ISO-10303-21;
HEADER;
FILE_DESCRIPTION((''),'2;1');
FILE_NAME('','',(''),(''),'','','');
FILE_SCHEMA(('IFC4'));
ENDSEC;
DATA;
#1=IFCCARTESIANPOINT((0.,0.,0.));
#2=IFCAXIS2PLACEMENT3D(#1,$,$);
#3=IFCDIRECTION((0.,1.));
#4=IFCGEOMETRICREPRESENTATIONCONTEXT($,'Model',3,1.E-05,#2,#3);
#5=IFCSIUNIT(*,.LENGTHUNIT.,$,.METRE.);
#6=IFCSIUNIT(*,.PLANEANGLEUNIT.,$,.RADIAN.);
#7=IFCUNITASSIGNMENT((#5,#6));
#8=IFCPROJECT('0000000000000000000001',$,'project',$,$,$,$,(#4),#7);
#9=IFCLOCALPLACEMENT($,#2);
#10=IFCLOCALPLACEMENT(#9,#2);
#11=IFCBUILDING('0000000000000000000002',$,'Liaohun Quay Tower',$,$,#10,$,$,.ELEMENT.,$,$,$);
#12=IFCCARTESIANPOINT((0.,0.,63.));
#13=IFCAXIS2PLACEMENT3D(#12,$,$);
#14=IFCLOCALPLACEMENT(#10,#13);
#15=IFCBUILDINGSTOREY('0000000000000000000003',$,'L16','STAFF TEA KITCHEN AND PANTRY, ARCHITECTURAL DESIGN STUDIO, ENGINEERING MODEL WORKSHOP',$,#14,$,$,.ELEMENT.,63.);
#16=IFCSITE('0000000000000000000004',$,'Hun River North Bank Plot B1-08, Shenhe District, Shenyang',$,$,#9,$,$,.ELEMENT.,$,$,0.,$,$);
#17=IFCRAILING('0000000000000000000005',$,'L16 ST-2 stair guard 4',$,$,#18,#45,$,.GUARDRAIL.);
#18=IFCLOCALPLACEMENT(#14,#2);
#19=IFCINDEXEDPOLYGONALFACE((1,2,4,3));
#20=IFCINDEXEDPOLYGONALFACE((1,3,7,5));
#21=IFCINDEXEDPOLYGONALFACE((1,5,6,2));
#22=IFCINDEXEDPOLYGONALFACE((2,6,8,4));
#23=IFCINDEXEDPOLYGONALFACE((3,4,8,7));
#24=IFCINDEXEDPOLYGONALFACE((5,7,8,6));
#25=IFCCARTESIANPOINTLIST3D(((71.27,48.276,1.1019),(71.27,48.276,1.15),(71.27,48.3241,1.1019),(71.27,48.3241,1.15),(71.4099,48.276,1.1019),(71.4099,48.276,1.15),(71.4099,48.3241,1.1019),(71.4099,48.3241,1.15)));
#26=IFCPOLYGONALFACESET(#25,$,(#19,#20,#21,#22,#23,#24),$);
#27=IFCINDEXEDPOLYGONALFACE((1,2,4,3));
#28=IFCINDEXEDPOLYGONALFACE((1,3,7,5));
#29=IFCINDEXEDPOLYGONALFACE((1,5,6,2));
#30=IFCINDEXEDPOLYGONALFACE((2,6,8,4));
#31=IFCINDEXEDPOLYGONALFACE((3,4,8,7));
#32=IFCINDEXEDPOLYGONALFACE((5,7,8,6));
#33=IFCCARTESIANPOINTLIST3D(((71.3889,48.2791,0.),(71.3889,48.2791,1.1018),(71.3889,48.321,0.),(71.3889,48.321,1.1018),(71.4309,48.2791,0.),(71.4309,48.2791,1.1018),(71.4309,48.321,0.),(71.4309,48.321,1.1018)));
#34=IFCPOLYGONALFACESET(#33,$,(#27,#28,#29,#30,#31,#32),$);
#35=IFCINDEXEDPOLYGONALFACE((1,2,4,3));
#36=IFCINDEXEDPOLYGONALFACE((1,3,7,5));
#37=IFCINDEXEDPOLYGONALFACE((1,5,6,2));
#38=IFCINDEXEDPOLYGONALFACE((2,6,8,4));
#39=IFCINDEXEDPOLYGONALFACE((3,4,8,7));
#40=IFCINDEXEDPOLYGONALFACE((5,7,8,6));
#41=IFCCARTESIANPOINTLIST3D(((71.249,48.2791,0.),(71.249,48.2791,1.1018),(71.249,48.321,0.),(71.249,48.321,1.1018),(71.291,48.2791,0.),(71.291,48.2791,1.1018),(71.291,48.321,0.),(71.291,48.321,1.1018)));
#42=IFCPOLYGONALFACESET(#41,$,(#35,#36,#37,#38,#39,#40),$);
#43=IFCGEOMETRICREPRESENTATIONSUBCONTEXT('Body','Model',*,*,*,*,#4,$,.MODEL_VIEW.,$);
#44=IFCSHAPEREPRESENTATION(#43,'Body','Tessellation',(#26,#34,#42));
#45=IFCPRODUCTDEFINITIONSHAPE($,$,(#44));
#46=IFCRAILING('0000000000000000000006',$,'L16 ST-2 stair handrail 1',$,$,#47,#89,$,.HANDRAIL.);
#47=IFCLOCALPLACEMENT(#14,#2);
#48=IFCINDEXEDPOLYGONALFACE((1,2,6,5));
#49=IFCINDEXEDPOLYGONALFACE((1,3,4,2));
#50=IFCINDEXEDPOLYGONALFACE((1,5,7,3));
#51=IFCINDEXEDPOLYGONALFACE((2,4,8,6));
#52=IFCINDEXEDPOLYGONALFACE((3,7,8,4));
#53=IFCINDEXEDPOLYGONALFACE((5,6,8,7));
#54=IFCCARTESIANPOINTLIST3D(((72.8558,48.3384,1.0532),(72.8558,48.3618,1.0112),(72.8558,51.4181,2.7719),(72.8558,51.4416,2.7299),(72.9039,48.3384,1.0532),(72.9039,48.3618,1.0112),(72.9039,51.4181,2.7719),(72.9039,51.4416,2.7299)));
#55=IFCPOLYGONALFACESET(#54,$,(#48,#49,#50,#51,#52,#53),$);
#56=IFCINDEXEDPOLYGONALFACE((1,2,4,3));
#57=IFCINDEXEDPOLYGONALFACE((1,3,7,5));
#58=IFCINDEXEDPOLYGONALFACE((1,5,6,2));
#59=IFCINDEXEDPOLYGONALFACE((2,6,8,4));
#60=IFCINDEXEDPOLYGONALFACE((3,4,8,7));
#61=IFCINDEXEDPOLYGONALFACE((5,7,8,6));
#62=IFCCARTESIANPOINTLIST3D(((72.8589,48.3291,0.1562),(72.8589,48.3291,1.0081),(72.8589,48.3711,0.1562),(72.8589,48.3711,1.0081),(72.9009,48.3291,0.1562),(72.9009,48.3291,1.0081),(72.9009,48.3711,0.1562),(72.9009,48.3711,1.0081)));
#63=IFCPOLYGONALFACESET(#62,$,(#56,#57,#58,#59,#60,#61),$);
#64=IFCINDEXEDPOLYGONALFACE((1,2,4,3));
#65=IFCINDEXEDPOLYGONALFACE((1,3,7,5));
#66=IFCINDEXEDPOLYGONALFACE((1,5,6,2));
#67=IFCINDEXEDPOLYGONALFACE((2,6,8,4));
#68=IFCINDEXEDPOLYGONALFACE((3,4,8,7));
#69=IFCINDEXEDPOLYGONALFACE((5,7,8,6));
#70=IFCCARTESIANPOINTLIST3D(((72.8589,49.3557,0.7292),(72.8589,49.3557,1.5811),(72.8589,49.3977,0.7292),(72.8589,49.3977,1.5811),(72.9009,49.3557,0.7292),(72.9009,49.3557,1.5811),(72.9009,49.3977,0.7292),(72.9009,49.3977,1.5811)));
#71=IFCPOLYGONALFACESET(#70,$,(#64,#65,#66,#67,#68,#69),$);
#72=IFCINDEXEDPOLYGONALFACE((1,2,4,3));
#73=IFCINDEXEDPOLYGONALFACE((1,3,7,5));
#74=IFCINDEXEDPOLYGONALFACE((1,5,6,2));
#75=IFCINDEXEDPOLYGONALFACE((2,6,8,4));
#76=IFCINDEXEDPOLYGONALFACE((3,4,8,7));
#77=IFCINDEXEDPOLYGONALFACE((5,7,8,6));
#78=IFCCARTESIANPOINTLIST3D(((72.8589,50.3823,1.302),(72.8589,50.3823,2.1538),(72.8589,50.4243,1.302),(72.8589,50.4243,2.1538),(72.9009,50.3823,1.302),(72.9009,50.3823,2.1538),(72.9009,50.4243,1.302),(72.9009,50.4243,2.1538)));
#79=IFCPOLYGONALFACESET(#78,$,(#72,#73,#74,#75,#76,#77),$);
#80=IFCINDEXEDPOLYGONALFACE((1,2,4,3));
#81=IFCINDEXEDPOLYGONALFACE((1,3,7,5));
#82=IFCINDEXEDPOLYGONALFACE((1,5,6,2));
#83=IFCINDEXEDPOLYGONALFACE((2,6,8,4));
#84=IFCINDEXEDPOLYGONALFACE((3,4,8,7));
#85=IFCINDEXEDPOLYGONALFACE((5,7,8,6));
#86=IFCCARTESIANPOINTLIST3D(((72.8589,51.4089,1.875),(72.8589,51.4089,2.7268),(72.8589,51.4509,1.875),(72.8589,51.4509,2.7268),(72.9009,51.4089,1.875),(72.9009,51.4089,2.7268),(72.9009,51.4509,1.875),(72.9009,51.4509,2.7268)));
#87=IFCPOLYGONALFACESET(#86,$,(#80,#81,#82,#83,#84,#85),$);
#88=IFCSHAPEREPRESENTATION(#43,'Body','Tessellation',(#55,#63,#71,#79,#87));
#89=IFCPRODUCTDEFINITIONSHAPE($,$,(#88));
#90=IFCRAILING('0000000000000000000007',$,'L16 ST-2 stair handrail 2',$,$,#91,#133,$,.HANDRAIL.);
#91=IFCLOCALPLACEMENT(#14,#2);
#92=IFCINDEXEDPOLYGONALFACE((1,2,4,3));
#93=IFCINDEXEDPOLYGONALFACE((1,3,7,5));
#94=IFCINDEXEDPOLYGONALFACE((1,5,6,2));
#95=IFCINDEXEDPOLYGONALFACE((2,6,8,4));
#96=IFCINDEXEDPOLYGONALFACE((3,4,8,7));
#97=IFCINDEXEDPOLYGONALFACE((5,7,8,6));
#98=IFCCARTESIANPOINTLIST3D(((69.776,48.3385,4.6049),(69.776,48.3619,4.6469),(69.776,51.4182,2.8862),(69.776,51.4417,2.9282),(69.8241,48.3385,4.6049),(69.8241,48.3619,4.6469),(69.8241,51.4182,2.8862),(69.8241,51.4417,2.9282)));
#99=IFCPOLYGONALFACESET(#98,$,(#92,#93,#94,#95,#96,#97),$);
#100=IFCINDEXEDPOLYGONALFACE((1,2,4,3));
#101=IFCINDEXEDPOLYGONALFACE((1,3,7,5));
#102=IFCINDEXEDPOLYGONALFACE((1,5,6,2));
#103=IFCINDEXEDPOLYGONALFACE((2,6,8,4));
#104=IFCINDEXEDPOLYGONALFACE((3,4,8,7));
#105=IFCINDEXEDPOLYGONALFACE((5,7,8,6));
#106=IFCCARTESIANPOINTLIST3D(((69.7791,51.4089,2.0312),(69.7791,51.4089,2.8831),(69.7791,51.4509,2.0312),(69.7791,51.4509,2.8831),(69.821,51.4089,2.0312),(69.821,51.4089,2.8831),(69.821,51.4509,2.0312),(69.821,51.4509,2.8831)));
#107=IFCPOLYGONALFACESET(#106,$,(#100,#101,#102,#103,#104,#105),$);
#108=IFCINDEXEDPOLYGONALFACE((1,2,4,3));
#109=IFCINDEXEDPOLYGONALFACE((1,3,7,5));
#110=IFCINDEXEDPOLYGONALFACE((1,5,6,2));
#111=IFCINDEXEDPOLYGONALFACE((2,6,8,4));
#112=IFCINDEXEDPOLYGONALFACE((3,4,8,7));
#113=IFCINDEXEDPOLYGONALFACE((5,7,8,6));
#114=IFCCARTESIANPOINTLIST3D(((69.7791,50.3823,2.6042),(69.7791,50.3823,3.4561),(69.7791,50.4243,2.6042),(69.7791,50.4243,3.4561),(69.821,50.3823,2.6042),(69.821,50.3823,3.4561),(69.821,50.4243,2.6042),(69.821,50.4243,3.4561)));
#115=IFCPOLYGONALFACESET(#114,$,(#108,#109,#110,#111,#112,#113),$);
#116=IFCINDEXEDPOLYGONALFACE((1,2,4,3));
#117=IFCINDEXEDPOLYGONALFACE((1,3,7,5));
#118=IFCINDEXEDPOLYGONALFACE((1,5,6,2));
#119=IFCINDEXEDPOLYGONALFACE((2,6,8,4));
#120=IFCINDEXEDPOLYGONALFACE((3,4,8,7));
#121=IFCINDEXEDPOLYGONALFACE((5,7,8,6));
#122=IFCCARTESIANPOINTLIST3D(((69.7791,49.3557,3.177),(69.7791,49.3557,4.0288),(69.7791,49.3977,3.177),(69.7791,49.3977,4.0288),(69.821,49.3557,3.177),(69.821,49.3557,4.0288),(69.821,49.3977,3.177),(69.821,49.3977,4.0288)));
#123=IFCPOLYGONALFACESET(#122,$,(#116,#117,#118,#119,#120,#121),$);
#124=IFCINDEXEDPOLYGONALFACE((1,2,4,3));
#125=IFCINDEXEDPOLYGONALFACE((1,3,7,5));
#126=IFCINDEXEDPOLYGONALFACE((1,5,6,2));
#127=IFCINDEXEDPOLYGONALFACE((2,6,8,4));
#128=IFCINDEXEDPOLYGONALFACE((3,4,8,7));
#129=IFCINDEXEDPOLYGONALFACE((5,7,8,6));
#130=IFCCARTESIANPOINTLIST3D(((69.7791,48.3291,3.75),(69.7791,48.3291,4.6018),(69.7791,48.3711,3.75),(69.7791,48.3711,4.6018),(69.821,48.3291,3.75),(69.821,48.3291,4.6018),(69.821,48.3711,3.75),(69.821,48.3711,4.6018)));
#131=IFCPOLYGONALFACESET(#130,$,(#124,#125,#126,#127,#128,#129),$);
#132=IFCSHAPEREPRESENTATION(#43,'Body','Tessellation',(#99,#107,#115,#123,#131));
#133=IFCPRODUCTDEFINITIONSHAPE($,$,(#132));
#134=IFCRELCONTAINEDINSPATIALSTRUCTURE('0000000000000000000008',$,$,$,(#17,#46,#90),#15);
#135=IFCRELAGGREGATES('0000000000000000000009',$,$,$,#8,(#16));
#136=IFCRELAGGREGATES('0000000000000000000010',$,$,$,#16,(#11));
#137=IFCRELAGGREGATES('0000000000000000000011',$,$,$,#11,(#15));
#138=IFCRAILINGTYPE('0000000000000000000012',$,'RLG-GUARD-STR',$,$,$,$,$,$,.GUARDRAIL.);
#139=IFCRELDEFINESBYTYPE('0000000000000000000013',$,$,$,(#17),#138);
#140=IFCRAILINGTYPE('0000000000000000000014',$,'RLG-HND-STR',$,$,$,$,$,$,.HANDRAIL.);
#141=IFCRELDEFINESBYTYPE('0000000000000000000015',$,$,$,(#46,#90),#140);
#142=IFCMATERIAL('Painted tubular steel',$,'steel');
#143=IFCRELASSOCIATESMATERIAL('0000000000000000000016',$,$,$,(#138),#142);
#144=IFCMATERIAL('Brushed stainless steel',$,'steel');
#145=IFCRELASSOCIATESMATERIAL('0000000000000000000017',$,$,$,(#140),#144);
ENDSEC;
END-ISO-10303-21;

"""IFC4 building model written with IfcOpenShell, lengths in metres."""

from ifc_helpers import new_model, si_unit, direction, frame, origin, origin_2d, place, context, subcontext, project, spatial, rectangle, extrude, material, type_object, element, save


model = new_model("IFC4")

# Units and contexts
model_context = context("Model", 3, precision=1e-05, world=origin(), true_north=direction((0.0, 1.0)))
body_context = subcontext(model_context, "Body", "Model", "MODEL_VIEW")
ifc_project = project(units=[si_unit("LENGTHUNIT", "METRE"), si_unit("PLANEANGLEUNIT", "RADIAN")], contexts=[model_context])

# Site, building, storey
site_placement = place(None, origin())
site = spatial("IfcSite", under=ifc_project, at=site_placement, Name="Hun River North Bank Plot B1-08, Shenhe District, Shenyang", CompositionType="ELEMENT", RefElevation=0.0)
building_placement = place(site_placement, origin())
building = spatial("IfcBuilding", under=site, at=building_placement, Name="Liaohun Quay Tower", CompositionType="ELEMENT")
storey_placement = place(building_placement, frame((0.0, 0.0, 63.0)))
storey = spatial("IfcBuildingStorey", under=building, at=storey_placement, Name="L16", Description="STAFF TEA KITCHEN AND PANTRY, ARCHITECTURAL DESIGN STUDIO, ENGINEERING MODEL WORKSHOP", CompositionType="ELEMENT", Elevation=63.0)

# Railings
ifc_material_1 = material(Name="Painted tubular steel", Category="steel")
railing_type_1 = type_object("IfcRailingType", Name="RLG-GUARD-STR", PredefinedType="GUARDRAIL", material=ifc_material_1)
railing_1_placement = place(storey_placement, frame((71.4099, 48.3, 0.0)))
element("IfcRailing", 1, at=railing_1_placement, inside=storey, type_object=railing_type_1, Name="L16 ST-2 stair guard 4", PredefinedType="GUARDRAIL", context=body_context, shape_type="SweptSolid", body=[
    extrude(rectangle(XDim=0.0481, YDim=0.0481, at=origin_2d()), frame((0.0, 0.0, 1.126), z_axis=(-1.0, 0.0, 0.0), x_axis=(0.0, -1.0, 0.0)), (0.0, 0.0, 1.0), 0.1399),
    extrude(rectangle(XDim=0.042, YDim=0.042, at=origin_2d()), origin(), (0.0, 0.0, 1.0), 1.1018),
    extrude(rectangle(XDim=0.042, YDim=0.042, at=origin_2d()), frame((-0.1399, 0.0, 0.0)), (0.0, 0.0, 1.0), 1.1018),
])
ifc_material_2 = material(Name="Brushed stainless steel", Category="steel")
railing_type_2 = type_object("IfcRailingType", Name="RLG-HND-STR", PredefinedType="HANDRAIL", material=ifc_material_2)
railing_2_placement = place(storey_placement, frame((72.8799, 48.3501, 0.1562)))
element("IfcRailing", 2, at=railing_2_placement, inside=storey, type_object=railing_type_2, Name="L16 ST-2 stair handrail 1", PredefinedType="HANDRAIL", context=body_context, shape_type="SweptSolid", body=[
    extrude(rectangle(XDim=0.0481, YDim=0.0481, at=origin_2d()), frame((0.0, 0.0, 0.876), z_axis=(0.0, 0.873225, 0.487317), x_axis=(-1.0, 0.0, 0.0)), (0.0, 0.0, 1.0), 3.5269),
    extrude(rectangle(XDim=0.042, YDim=0.042, at=origin_2d()), origin(), (0.0, 0.0, 1.0), 0.8518),
    extrude(rectangle(XDim=0.042, YDim=0.042, at=origin_2d()), frame((0.0, 1.0266, 0.573)), (0.0, 0.0, 1.0), 0.8518),
    extrude(rectangle(XDim=0.042, YDim=0.042, at=origin_2d()), frame((0.0, 2.0532, 1.1458)), (0.0, 0.0, 1.0), 0.8518),
    extrude(rectangle(XDim=0.042, YDim=0.042, at=origin_2d()), frame((0.0, 3.0798, 1.7188)), (0.0, 0.0, 1.0), 0.8518),
])
railing_3_placement = place(storey_placement, frame((69.8, 51.4299, 2.0312)))
element("IfcRailing", 3, at=railing_3_placement, inside=storey, type_object=railing_type_2, Name="L16 ST-2 stair handrail 2", PredefinedType="HANDRAIL", context=body_context, shape_type="SweptSolid", body=[
    extrude(rectangle(XDim=0.0481, YDim=0.0481, at=origin_2d()), frame((0.0, 0.0, 0.876), z_axis=(0.0, -0.873225, 0.487317), x_axis=(1.0, 0.0, 0.0)), (0.0, 0.0, 1.0), 3.5269),
    extrude(rectangle(XDim=0.042, YDim=0.042, at=origin_2d()), origin(), (0.0, 0.0, 1.0), 0.8518),
    extrude(rectangle(XDim=0.042, YDim=0.042, at=origin_2d()), frame((0.0, -1.0266, 0.573)), (0.0, 0.0, 1.0), 0.8518),
    extrude(rectangle(XDim=0.042, YDim=0.042, at=origin_2d()), frame((0.0, -2.0532, 1.1458)), (0.0, 0.0, 1.0), 0.8518),
    extrude(rectangle(XDim=0.042, YDim=0.042, at=origin_2d()), frame((0.0, -3.0798, 1.7188)), (0.0, 0.0, 1.0), 0.8518),
])

save(model, "model.ifc")
